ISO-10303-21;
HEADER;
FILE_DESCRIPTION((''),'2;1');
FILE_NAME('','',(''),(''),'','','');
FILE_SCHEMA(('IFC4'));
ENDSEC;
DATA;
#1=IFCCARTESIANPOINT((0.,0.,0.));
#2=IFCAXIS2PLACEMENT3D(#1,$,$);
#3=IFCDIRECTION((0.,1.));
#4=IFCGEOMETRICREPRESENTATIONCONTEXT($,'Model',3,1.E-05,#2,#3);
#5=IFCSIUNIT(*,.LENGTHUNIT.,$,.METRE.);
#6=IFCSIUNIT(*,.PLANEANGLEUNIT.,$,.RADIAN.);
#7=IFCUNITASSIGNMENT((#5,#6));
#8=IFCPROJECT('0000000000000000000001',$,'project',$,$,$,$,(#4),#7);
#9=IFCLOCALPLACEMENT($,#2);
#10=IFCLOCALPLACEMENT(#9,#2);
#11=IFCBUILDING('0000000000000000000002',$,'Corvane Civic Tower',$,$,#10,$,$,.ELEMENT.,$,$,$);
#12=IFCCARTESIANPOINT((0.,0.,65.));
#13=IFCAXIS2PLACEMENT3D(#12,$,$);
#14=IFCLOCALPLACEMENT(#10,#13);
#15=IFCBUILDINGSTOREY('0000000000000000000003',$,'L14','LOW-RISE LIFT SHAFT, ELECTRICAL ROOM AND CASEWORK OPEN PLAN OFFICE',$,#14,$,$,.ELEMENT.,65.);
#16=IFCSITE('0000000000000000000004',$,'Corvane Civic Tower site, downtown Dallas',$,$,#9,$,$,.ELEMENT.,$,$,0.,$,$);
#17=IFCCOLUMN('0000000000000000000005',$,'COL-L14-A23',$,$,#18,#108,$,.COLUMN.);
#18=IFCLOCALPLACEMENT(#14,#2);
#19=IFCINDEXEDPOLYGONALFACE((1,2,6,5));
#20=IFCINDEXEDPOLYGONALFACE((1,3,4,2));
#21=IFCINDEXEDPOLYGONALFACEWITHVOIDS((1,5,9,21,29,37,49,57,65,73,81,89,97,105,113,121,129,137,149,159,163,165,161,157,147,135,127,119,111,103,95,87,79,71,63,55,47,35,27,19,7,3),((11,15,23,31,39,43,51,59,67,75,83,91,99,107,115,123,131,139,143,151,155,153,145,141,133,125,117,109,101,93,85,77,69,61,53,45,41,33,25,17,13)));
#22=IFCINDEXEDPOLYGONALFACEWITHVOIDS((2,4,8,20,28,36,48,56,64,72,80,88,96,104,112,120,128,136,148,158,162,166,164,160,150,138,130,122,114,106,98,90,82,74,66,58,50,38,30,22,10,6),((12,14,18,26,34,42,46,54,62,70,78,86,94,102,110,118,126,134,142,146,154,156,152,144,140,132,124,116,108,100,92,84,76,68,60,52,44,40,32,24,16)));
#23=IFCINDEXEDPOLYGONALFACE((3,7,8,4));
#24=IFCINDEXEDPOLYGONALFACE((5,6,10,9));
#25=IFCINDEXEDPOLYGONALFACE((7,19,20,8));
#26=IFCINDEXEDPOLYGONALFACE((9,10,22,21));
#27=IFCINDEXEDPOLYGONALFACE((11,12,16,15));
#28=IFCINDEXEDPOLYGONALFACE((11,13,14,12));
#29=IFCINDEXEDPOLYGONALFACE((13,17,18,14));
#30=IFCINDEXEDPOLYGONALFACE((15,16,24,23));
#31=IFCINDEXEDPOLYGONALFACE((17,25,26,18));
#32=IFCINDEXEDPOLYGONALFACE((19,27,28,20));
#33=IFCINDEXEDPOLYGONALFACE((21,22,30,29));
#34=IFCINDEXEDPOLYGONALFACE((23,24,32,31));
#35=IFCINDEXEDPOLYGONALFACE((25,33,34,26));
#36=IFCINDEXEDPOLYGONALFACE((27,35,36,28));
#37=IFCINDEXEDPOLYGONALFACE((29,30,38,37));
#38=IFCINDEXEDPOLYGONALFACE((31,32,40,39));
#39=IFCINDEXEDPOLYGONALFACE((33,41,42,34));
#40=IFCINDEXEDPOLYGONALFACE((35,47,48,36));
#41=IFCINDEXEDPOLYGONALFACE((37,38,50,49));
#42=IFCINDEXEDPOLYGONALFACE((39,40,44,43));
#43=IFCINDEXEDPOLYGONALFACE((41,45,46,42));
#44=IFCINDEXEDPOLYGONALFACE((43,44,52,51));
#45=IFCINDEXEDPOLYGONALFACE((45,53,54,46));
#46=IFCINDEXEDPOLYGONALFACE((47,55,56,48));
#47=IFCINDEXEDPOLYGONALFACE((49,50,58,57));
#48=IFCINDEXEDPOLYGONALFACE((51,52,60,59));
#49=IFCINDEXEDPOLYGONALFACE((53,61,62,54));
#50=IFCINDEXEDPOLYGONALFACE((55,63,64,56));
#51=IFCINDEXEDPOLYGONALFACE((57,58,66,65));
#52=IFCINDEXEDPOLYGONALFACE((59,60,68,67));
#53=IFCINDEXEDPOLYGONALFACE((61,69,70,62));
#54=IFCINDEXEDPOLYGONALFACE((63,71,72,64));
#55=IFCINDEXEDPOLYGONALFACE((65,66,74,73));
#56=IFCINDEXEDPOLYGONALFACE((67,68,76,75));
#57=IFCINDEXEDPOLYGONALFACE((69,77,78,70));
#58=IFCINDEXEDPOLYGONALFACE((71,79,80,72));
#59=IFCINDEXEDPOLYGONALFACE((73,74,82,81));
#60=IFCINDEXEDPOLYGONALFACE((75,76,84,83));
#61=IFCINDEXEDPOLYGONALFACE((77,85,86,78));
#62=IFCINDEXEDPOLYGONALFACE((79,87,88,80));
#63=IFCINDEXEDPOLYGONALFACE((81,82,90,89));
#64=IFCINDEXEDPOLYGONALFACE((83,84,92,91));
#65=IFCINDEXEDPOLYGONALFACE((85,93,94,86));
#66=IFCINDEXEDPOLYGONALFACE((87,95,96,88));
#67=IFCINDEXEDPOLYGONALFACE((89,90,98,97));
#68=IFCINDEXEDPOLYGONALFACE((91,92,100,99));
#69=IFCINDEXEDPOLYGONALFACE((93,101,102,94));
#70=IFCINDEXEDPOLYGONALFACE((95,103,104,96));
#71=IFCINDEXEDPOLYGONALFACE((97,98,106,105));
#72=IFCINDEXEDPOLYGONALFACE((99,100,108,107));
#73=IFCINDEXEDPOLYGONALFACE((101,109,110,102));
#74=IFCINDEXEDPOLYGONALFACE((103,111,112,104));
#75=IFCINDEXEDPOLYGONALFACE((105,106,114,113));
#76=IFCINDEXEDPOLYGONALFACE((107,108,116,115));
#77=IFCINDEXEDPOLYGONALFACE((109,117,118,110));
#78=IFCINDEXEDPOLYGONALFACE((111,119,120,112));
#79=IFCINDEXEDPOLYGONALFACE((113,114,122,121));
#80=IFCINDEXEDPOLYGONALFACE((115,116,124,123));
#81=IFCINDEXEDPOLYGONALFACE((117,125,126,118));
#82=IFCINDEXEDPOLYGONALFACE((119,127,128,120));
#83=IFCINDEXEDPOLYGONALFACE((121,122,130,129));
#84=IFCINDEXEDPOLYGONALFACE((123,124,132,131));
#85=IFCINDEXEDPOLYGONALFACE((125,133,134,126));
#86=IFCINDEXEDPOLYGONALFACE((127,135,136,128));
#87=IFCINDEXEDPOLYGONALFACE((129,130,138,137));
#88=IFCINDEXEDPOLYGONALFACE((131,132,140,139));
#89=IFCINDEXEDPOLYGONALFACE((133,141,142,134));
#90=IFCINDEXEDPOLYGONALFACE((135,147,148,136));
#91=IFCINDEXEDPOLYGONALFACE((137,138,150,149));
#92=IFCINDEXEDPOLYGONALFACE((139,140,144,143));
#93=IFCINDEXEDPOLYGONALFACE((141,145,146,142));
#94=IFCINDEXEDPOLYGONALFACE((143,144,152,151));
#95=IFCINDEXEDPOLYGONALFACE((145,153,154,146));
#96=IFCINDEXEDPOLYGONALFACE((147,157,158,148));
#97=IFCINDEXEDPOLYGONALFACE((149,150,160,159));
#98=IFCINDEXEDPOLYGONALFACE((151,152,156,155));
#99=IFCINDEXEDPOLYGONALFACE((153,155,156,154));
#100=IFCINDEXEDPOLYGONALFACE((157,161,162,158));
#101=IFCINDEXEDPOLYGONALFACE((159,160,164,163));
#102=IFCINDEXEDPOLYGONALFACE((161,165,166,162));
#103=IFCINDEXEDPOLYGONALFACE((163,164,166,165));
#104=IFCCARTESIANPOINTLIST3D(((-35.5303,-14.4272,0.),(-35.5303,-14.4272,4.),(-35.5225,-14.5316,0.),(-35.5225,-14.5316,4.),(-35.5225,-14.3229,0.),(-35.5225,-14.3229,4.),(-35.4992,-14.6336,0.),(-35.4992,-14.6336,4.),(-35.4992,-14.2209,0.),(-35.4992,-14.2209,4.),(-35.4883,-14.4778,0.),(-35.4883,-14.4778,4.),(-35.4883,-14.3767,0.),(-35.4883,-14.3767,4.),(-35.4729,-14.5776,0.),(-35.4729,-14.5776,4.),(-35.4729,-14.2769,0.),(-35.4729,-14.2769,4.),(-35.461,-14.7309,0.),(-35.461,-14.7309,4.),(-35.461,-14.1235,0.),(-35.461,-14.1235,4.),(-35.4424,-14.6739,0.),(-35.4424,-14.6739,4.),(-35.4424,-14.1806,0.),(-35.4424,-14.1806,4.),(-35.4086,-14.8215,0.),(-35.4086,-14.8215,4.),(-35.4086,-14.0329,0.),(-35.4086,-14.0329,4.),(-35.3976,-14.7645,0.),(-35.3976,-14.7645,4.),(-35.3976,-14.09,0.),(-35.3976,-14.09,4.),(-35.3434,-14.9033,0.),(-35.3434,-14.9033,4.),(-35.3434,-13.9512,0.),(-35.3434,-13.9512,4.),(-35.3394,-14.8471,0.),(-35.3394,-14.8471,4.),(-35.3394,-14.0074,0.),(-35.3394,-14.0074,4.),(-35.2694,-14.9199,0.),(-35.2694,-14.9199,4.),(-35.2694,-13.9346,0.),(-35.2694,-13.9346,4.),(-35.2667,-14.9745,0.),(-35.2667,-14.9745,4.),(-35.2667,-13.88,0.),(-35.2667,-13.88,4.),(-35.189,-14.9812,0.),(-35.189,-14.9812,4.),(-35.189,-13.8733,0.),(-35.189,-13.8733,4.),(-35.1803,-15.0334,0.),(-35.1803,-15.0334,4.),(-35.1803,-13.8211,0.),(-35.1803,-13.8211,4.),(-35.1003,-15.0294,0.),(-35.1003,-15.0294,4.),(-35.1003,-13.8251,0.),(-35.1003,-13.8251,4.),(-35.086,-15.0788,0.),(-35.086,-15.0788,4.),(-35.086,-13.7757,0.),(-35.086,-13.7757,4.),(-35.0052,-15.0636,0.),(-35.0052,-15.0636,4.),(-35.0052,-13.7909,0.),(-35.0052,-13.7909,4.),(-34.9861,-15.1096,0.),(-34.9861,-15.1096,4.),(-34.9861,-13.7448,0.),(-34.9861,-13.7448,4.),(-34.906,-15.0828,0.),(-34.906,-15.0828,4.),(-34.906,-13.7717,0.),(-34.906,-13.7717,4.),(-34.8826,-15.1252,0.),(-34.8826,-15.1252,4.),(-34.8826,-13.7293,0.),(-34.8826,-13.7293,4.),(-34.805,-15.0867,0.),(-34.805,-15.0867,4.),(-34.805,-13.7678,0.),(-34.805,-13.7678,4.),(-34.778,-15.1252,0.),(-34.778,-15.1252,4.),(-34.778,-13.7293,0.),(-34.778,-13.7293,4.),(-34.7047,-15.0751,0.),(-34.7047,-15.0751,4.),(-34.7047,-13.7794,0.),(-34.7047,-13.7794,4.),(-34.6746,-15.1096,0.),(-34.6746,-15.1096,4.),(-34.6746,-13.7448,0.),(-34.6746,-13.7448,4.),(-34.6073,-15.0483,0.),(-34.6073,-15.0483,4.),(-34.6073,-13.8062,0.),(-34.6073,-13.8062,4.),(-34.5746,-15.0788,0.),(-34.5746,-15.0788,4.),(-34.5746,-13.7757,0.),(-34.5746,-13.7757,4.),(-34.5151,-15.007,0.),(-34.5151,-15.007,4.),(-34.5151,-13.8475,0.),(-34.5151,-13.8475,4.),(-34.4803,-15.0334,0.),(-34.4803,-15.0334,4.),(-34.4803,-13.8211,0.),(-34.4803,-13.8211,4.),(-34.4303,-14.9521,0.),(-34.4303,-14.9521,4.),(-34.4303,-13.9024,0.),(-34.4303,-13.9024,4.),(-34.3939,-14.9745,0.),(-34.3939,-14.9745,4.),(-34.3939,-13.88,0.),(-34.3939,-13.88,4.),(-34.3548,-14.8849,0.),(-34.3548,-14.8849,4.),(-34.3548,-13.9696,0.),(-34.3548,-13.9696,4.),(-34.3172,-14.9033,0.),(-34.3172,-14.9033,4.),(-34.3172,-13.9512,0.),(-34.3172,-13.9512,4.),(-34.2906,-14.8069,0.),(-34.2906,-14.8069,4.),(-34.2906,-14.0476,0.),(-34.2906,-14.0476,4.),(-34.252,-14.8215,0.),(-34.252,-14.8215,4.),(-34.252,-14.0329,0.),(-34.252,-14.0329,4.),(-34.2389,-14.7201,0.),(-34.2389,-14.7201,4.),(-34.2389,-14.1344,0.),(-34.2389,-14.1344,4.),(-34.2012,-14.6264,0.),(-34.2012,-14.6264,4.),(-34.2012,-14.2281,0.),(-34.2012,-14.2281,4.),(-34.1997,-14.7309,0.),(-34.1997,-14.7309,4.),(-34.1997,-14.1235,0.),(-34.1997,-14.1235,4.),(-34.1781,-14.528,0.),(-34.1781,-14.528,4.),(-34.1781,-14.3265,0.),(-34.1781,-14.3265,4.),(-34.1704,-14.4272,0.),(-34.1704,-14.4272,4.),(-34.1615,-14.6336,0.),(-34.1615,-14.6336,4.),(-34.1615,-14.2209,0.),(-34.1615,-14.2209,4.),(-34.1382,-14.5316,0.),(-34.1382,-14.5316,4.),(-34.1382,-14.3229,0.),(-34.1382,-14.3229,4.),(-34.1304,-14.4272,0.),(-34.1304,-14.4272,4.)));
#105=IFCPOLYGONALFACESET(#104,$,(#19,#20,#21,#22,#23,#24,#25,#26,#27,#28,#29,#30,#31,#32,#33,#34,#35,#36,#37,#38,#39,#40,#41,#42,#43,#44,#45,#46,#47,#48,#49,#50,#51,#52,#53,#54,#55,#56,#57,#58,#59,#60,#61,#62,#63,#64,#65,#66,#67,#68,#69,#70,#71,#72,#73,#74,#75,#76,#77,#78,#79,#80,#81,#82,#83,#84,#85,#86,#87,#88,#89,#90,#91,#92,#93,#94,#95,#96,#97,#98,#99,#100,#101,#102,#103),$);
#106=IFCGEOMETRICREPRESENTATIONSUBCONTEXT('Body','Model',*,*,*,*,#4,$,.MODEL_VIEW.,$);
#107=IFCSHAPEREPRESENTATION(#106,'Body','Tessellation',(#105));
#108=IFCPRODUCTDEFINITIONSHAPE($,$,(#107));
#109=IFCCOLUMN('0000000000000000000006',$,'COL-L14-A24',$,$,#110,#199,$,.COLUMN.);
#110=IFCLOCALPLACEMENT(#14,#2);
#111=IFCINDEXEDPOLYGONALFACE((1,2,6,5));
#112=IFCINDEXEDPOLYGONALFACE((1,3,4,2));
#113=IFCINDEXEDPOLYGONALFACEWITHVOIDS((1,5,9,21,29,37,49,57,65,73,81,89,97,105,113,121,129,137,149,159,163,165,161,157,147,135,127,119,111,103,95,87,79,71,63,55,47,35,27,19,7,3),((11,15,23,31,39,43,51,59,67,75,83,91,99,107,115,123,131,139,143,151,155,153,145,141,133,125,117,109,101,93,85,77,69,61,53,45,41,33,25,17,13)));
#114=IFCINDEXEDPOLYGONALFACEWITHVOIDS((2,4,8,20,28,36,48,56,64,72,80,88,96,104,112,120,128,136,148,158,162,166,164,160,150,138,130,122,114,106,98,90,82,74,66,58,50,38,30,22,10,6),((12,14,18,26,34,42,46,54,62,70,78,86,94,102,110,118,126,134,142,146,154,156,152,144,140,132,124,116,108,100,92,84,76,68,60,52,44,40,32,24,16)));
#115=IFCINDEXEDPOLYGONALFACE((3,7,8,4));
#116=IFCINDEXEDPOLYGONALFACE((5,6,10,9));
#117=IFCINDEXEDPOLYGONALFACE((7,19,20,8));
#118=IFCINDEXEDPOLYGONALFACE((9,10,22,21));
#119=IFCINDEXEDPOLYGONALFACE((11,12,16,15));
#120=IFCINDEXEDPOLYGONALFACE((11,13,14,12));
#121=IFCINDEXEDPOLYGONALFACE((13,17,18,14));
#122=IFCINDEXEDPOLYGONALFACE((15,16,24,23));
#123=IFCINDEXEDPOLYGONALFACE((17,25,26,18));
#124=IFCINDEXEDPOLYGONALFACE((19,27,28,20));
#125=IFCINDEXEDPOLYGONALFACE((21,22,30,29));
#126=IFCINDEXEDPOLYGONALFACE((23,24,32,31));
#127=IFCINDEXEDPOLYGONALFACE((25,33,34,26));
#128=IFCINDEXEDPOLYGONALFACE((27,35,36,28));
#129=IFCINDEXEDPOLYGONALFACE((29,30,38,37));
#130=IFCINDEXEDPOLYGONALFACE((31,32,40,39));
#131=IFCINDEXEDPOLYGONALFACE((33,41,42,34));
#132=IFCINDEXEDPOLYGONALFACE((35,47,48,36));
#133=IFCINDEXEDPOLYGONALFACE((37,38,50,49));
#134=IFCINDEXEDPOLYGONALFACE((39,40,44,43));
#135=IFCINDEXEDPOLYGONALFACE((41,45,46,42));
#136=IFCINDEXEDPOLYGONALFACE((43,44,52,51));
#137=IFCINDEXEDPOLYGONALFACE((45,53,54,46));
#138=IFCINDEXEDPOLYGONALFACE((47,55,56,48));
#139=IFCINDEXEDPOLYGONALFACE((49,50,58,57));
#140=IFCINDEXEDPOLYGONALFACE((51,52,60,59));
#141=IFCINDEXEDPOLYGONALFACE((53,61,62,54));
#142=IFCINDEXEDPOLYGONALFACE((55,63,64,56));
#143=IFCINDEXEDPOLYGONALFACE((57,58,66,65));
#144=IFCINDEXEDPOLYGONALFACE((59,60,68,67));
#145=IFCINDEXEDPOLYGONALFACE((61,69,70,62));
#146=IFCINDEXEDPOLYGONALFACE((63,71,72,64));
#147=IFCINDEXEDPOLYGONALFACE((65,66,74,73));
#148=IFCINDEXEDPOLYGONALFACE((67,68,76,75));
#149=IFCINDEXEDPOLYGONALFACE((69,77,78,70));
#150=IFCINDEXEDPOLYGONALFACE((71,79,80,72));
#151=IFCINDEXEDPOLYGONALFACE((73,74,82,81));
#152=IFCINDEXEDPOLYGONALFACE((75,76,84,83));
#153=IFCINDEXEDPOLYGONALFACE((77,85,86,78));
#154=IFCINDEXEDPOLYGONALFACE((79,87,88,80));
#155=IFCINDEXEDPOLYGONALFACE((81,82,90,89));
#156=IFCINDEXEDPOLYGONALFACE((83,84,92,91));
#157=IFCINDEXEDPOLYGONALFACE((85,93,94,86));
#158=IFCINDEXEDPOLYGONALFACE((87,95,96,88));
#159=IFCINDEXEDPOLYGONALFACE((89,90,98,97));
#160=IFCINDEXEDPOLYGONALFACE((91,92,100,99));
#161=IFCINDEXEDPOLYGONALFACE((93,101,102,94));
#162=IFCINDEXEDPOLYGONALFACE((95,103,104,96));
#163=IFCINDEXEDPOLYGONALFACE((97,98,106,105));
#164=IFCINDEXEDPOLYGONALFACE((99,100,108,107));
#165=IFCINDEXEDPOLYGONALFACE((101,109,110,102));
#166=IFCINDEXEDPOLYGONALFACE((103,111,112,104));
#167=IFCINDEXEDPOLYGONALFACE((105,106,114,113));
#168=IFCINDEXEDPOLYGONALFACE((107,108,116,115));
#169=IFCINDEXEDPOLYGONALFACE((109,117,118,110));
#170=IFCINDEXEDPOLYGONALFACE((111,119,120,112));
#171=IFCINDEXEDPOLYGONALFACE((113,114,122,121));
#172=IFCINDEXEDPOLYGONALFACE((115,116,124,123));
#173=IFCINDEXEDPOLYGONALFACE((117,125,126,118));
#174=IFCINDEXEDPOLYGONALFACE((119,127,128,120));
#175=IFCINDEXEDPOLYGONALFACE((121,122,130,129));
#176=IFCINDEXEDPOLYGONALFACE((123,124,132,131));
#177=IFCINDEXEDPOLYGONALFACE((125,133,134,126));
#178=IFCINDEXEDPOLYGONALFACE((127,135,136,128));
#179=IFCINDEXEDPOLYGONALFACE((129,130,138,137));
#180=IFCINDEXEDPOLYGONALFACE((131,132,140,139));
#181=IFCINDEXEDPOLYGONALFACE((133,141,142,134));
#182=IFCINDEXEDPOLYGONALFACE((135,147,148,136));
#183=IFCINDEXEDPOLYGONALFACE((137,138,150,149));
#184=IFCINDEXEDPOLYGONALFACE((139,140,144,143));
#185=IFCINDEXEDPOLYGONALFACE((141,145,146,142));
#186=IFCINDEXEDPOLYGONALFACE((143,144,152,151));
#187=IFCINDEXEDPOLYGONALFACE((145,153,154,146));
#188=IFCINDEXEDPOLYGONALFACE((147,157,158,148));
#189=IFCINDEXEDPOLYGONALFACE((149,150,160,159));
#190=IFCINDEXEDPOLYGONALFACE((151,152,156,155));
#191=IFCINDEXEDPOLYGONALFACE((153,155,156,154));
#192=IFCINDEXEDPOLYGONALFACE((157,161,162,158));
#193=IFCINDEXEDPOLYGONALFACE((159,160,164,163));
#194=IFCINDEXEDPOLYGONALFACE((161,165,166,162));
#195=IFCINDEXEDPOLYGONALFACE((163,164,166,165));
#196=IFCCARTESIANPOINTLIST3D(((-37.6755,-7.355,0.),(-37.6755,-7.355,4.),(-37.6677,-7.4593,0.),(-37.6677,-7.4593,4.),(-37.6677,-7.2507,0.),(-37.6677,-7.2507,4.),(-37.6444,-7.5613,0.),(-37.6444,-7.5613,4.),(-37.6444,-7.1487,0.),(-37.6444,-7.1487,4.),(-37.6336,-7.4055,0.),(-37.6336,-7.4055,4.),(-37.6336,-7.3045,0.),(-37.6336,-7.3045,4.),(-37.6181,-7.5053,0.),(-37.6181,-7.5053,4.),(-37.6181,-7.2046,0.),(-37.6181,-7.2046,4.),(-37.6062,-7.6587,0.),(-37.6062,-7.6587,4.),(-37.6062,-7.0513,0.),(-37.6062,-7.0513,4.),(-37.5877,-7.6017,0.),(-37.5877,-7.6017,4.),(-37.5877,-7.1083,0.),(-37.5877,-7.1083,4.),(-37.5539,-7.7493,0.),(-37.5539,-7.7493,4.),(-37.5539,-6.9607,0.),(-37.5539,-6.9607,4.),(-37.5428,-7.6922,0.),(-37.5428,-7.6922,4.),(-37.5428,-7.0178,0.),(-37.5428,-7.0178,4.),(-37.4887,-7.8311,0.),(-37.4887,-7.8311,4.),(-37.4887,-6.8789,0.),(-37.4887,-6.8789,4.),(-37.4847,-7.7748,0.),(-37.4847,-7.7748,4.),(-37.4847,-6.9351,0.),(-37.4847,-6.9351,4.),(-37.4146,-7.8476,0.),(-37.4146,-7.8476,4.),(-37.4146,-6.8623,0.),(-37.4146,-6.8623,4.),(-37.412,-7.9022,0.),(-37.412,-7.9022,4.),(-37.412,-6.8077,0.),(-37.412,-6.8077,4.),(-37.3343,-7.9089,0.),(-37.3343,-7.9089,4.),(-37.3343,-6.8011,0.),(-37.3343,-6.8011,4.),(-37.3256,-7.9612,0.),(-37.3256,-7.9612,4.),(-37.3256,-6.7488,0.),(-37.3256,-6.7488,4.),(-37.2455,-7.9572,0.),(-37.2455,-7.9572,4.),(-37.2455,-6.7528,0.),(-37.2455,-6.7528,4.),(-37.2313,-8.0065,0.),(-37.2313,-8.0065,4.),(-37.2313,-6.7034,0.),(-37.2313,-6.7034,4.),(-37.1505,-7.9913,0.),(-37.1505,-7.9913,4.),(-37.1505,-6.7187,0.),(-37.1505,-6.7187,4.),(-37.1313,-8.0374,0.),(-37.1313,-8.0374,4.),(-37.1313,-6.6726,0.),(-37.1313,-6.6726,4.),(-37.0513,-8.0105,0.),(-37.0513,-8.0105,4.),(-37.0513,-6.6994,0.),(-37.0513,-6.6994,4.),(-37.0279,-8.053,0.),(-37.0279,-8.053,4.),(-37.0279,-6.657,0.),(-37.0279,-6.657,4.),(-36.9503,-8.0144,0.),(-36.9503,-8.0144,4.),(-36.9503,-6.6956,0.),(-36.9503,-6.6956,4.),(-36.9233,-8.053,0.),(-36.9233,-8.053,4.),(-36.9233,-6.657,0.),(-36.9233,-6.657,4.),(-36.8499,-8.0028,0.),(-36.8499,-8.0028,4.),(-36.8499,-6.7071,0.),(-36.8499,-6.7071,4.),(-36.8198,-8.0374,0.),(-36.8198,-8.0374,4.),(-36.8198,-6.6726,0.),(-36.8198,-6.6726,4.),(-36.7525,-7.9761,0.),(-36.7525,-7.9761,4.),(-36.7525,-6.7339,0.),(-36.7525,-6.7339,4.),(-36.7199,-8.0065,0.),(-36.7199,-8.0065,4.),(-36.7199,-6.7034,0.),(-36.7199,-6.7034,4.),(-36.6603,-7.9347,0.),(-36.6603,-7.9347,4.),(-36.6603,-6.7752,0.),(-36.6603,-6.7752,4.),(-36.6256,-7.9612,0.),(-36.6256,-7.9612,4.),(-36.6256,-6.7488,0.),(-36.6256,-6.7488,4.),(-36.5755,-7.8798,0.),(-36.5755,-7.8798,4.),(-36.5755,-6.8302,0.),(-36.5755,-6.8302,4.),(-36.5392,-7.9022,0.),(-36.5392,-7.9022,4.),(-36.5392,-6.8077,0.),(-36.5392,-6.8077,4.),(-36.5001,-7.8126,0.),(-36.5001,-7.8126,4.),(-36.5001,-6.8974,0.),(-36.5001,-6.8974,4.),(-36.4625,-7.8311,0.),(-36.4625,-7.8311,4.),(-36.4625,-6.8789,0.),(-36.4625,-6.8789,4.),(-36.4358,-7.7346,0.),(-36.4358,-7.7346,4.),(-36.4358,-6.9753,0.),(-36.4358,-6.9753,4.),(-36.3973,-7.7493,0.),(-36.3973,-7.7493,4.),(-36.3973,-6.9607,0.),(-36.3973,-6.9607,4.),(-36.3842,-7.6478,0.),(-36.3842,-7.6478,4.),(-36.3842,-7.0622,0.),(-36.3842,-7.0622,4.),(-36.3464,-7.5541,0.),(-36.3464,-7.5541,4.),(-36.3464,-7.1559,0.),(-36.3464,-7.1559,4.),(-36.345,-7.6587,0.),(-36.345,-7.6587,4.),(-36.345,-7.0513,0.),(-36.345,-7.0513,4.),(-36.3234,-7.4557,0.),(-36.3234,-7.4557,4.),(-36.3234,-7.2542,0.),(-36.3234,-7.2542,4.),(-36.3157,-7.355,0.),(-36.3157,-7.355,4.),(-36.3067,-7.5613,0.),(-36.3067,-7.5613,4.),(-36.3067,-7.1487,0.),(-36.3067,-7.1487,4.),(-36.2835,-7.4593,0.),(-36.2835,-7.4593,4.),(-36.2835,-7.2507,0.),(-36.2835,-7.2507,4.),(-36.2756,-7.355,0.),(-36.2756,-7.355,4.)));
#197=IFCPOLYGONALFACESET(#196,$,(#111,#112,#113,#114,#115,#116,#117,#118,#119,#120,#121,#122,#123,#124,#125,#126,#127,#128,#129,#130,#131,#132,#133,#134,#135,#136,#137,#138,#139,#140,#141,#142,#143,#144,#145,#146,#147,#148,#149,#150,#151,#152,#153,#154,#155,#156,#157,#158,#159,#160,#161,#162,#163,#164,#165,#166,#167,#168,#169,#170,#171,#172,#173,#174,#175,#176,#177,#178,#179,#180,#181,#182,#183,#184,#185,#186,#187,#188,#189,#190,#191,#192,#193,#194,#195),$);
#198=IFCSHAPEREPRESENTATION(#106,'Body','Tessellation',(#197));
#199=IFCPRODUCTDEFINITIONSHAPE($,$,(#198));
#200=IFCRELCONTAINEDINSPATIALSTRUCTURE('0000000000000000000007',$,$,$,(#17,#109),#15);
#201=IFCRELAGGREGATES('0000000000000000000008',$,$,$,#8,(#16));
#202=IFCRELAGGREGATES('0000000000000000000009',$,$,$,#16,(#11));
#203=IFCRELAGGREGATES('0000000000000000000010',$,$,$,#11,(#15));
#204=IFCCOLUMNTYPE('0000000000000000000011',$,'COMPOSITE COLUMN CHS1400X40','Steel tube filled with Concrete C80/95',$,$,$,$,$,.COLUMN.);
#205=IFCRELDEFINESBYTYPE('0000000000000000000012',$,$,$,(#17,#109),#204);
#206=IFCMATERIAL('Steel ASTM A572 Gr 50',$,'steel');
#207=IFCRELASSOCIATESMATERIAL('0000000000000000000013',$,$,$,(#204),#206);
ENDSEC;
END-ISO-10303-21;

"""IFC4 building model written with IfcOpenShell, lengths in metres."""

from ifc_helpers import new_model, si_unit, direction, frame, origin, origin_2d, place, context, subcontext, project, spatial, hollow_circle, extrude, material, material_profile, profile_set, type_object, element, save


model = new_model("IFC4")

# Units and contexts
model_context = context("Model", 3, precision=1e-05, world=origin(), true_north=direction((0.0, 1.0)))
body_context = subcontext(model_context, "Body", "Model", "MODEL_VIEW")
ifc_project = project(units=[si_unit("LENGTHUNIT", "METRE"), si_unit("PLANEANGLEUNIT", "RADIAN")], contexts=[model_context])

# Site, building, storey
site_placement = place(None, origin())
site = spatial("IfcSite", under=ifc_project, at=site_placement, Name="Corvane Civic Tower site, downtown Dallas", CompositionType="ELEMENT", RefElevation=0.0)
building_placement = place(site_placement, origin())
building = spatial("IfcBuilding", under=site, at=building_placement, Name="Corvane Civic Tower", CompositionType="ELEMENT")
storey_placement = place(building_placement, frame((0.0, 0.0, 65.0)))
storey = spatial("IfcBuildingStorey", under=building, at=storey_placement, Name="L14", Description="LOW-RISE LIFT SHAFT, ELECTRICAL ROOM AND CASEWORK OPEN PLAN OFFICE", CompositionType="ELEMENT", Elevation=65.0)

# Columns
ifc_material_1 = material(Name="Steel ASTM A572 Gr 50", Category="steel")
ifc_material_profile_1 = material_profile(ifc_material_1, hollow_circle(Radius=0.7, WallThickness=0.04, at=origin_2d()), Name="CHS1400X40")
ifc_profile_set_1 = profile_set([ifc_material_profile_1], Name="Steel ASTM A572 Gr 50")
column_type = type_object("IfcColumnType", Name="COMPOSITE COLUMN CHS1400X40", Description="Steel tube filled with Concrete C80/95", PredefinedType="COLUMN", material=ifc_profile_set_1)
for number, where, z_axis, x_axis, name in (
    (1, (-34.8303, -14.4272, 0.0), (0.0, 0.0, 1.0), (1.0, 0.0, 0.0), "COL-L14-A23"),
    (2, (-36.9756, -7.355, 0.0), (0.0, 0.0, 1.0), (1.0, 0.0, 0.0), "COL-L14-A24"),
):
    element("IfcColumn", number, at=place(storey_placement, frame(where, z_axis=z_axis, x_axis=x_axis)), inside=storey, type_object=column_type, Name=name, PredefinedType="COLUMN", context=body_context, shape_type="SweptSolid", body=[
        extrude(hollow_circle(Radius=0.7, WallThickness=0.04, at=origin_2d()), origin(), (0.0, 0.0, 1.0), 4.0),
    ])

save(model, "model.ifc")
